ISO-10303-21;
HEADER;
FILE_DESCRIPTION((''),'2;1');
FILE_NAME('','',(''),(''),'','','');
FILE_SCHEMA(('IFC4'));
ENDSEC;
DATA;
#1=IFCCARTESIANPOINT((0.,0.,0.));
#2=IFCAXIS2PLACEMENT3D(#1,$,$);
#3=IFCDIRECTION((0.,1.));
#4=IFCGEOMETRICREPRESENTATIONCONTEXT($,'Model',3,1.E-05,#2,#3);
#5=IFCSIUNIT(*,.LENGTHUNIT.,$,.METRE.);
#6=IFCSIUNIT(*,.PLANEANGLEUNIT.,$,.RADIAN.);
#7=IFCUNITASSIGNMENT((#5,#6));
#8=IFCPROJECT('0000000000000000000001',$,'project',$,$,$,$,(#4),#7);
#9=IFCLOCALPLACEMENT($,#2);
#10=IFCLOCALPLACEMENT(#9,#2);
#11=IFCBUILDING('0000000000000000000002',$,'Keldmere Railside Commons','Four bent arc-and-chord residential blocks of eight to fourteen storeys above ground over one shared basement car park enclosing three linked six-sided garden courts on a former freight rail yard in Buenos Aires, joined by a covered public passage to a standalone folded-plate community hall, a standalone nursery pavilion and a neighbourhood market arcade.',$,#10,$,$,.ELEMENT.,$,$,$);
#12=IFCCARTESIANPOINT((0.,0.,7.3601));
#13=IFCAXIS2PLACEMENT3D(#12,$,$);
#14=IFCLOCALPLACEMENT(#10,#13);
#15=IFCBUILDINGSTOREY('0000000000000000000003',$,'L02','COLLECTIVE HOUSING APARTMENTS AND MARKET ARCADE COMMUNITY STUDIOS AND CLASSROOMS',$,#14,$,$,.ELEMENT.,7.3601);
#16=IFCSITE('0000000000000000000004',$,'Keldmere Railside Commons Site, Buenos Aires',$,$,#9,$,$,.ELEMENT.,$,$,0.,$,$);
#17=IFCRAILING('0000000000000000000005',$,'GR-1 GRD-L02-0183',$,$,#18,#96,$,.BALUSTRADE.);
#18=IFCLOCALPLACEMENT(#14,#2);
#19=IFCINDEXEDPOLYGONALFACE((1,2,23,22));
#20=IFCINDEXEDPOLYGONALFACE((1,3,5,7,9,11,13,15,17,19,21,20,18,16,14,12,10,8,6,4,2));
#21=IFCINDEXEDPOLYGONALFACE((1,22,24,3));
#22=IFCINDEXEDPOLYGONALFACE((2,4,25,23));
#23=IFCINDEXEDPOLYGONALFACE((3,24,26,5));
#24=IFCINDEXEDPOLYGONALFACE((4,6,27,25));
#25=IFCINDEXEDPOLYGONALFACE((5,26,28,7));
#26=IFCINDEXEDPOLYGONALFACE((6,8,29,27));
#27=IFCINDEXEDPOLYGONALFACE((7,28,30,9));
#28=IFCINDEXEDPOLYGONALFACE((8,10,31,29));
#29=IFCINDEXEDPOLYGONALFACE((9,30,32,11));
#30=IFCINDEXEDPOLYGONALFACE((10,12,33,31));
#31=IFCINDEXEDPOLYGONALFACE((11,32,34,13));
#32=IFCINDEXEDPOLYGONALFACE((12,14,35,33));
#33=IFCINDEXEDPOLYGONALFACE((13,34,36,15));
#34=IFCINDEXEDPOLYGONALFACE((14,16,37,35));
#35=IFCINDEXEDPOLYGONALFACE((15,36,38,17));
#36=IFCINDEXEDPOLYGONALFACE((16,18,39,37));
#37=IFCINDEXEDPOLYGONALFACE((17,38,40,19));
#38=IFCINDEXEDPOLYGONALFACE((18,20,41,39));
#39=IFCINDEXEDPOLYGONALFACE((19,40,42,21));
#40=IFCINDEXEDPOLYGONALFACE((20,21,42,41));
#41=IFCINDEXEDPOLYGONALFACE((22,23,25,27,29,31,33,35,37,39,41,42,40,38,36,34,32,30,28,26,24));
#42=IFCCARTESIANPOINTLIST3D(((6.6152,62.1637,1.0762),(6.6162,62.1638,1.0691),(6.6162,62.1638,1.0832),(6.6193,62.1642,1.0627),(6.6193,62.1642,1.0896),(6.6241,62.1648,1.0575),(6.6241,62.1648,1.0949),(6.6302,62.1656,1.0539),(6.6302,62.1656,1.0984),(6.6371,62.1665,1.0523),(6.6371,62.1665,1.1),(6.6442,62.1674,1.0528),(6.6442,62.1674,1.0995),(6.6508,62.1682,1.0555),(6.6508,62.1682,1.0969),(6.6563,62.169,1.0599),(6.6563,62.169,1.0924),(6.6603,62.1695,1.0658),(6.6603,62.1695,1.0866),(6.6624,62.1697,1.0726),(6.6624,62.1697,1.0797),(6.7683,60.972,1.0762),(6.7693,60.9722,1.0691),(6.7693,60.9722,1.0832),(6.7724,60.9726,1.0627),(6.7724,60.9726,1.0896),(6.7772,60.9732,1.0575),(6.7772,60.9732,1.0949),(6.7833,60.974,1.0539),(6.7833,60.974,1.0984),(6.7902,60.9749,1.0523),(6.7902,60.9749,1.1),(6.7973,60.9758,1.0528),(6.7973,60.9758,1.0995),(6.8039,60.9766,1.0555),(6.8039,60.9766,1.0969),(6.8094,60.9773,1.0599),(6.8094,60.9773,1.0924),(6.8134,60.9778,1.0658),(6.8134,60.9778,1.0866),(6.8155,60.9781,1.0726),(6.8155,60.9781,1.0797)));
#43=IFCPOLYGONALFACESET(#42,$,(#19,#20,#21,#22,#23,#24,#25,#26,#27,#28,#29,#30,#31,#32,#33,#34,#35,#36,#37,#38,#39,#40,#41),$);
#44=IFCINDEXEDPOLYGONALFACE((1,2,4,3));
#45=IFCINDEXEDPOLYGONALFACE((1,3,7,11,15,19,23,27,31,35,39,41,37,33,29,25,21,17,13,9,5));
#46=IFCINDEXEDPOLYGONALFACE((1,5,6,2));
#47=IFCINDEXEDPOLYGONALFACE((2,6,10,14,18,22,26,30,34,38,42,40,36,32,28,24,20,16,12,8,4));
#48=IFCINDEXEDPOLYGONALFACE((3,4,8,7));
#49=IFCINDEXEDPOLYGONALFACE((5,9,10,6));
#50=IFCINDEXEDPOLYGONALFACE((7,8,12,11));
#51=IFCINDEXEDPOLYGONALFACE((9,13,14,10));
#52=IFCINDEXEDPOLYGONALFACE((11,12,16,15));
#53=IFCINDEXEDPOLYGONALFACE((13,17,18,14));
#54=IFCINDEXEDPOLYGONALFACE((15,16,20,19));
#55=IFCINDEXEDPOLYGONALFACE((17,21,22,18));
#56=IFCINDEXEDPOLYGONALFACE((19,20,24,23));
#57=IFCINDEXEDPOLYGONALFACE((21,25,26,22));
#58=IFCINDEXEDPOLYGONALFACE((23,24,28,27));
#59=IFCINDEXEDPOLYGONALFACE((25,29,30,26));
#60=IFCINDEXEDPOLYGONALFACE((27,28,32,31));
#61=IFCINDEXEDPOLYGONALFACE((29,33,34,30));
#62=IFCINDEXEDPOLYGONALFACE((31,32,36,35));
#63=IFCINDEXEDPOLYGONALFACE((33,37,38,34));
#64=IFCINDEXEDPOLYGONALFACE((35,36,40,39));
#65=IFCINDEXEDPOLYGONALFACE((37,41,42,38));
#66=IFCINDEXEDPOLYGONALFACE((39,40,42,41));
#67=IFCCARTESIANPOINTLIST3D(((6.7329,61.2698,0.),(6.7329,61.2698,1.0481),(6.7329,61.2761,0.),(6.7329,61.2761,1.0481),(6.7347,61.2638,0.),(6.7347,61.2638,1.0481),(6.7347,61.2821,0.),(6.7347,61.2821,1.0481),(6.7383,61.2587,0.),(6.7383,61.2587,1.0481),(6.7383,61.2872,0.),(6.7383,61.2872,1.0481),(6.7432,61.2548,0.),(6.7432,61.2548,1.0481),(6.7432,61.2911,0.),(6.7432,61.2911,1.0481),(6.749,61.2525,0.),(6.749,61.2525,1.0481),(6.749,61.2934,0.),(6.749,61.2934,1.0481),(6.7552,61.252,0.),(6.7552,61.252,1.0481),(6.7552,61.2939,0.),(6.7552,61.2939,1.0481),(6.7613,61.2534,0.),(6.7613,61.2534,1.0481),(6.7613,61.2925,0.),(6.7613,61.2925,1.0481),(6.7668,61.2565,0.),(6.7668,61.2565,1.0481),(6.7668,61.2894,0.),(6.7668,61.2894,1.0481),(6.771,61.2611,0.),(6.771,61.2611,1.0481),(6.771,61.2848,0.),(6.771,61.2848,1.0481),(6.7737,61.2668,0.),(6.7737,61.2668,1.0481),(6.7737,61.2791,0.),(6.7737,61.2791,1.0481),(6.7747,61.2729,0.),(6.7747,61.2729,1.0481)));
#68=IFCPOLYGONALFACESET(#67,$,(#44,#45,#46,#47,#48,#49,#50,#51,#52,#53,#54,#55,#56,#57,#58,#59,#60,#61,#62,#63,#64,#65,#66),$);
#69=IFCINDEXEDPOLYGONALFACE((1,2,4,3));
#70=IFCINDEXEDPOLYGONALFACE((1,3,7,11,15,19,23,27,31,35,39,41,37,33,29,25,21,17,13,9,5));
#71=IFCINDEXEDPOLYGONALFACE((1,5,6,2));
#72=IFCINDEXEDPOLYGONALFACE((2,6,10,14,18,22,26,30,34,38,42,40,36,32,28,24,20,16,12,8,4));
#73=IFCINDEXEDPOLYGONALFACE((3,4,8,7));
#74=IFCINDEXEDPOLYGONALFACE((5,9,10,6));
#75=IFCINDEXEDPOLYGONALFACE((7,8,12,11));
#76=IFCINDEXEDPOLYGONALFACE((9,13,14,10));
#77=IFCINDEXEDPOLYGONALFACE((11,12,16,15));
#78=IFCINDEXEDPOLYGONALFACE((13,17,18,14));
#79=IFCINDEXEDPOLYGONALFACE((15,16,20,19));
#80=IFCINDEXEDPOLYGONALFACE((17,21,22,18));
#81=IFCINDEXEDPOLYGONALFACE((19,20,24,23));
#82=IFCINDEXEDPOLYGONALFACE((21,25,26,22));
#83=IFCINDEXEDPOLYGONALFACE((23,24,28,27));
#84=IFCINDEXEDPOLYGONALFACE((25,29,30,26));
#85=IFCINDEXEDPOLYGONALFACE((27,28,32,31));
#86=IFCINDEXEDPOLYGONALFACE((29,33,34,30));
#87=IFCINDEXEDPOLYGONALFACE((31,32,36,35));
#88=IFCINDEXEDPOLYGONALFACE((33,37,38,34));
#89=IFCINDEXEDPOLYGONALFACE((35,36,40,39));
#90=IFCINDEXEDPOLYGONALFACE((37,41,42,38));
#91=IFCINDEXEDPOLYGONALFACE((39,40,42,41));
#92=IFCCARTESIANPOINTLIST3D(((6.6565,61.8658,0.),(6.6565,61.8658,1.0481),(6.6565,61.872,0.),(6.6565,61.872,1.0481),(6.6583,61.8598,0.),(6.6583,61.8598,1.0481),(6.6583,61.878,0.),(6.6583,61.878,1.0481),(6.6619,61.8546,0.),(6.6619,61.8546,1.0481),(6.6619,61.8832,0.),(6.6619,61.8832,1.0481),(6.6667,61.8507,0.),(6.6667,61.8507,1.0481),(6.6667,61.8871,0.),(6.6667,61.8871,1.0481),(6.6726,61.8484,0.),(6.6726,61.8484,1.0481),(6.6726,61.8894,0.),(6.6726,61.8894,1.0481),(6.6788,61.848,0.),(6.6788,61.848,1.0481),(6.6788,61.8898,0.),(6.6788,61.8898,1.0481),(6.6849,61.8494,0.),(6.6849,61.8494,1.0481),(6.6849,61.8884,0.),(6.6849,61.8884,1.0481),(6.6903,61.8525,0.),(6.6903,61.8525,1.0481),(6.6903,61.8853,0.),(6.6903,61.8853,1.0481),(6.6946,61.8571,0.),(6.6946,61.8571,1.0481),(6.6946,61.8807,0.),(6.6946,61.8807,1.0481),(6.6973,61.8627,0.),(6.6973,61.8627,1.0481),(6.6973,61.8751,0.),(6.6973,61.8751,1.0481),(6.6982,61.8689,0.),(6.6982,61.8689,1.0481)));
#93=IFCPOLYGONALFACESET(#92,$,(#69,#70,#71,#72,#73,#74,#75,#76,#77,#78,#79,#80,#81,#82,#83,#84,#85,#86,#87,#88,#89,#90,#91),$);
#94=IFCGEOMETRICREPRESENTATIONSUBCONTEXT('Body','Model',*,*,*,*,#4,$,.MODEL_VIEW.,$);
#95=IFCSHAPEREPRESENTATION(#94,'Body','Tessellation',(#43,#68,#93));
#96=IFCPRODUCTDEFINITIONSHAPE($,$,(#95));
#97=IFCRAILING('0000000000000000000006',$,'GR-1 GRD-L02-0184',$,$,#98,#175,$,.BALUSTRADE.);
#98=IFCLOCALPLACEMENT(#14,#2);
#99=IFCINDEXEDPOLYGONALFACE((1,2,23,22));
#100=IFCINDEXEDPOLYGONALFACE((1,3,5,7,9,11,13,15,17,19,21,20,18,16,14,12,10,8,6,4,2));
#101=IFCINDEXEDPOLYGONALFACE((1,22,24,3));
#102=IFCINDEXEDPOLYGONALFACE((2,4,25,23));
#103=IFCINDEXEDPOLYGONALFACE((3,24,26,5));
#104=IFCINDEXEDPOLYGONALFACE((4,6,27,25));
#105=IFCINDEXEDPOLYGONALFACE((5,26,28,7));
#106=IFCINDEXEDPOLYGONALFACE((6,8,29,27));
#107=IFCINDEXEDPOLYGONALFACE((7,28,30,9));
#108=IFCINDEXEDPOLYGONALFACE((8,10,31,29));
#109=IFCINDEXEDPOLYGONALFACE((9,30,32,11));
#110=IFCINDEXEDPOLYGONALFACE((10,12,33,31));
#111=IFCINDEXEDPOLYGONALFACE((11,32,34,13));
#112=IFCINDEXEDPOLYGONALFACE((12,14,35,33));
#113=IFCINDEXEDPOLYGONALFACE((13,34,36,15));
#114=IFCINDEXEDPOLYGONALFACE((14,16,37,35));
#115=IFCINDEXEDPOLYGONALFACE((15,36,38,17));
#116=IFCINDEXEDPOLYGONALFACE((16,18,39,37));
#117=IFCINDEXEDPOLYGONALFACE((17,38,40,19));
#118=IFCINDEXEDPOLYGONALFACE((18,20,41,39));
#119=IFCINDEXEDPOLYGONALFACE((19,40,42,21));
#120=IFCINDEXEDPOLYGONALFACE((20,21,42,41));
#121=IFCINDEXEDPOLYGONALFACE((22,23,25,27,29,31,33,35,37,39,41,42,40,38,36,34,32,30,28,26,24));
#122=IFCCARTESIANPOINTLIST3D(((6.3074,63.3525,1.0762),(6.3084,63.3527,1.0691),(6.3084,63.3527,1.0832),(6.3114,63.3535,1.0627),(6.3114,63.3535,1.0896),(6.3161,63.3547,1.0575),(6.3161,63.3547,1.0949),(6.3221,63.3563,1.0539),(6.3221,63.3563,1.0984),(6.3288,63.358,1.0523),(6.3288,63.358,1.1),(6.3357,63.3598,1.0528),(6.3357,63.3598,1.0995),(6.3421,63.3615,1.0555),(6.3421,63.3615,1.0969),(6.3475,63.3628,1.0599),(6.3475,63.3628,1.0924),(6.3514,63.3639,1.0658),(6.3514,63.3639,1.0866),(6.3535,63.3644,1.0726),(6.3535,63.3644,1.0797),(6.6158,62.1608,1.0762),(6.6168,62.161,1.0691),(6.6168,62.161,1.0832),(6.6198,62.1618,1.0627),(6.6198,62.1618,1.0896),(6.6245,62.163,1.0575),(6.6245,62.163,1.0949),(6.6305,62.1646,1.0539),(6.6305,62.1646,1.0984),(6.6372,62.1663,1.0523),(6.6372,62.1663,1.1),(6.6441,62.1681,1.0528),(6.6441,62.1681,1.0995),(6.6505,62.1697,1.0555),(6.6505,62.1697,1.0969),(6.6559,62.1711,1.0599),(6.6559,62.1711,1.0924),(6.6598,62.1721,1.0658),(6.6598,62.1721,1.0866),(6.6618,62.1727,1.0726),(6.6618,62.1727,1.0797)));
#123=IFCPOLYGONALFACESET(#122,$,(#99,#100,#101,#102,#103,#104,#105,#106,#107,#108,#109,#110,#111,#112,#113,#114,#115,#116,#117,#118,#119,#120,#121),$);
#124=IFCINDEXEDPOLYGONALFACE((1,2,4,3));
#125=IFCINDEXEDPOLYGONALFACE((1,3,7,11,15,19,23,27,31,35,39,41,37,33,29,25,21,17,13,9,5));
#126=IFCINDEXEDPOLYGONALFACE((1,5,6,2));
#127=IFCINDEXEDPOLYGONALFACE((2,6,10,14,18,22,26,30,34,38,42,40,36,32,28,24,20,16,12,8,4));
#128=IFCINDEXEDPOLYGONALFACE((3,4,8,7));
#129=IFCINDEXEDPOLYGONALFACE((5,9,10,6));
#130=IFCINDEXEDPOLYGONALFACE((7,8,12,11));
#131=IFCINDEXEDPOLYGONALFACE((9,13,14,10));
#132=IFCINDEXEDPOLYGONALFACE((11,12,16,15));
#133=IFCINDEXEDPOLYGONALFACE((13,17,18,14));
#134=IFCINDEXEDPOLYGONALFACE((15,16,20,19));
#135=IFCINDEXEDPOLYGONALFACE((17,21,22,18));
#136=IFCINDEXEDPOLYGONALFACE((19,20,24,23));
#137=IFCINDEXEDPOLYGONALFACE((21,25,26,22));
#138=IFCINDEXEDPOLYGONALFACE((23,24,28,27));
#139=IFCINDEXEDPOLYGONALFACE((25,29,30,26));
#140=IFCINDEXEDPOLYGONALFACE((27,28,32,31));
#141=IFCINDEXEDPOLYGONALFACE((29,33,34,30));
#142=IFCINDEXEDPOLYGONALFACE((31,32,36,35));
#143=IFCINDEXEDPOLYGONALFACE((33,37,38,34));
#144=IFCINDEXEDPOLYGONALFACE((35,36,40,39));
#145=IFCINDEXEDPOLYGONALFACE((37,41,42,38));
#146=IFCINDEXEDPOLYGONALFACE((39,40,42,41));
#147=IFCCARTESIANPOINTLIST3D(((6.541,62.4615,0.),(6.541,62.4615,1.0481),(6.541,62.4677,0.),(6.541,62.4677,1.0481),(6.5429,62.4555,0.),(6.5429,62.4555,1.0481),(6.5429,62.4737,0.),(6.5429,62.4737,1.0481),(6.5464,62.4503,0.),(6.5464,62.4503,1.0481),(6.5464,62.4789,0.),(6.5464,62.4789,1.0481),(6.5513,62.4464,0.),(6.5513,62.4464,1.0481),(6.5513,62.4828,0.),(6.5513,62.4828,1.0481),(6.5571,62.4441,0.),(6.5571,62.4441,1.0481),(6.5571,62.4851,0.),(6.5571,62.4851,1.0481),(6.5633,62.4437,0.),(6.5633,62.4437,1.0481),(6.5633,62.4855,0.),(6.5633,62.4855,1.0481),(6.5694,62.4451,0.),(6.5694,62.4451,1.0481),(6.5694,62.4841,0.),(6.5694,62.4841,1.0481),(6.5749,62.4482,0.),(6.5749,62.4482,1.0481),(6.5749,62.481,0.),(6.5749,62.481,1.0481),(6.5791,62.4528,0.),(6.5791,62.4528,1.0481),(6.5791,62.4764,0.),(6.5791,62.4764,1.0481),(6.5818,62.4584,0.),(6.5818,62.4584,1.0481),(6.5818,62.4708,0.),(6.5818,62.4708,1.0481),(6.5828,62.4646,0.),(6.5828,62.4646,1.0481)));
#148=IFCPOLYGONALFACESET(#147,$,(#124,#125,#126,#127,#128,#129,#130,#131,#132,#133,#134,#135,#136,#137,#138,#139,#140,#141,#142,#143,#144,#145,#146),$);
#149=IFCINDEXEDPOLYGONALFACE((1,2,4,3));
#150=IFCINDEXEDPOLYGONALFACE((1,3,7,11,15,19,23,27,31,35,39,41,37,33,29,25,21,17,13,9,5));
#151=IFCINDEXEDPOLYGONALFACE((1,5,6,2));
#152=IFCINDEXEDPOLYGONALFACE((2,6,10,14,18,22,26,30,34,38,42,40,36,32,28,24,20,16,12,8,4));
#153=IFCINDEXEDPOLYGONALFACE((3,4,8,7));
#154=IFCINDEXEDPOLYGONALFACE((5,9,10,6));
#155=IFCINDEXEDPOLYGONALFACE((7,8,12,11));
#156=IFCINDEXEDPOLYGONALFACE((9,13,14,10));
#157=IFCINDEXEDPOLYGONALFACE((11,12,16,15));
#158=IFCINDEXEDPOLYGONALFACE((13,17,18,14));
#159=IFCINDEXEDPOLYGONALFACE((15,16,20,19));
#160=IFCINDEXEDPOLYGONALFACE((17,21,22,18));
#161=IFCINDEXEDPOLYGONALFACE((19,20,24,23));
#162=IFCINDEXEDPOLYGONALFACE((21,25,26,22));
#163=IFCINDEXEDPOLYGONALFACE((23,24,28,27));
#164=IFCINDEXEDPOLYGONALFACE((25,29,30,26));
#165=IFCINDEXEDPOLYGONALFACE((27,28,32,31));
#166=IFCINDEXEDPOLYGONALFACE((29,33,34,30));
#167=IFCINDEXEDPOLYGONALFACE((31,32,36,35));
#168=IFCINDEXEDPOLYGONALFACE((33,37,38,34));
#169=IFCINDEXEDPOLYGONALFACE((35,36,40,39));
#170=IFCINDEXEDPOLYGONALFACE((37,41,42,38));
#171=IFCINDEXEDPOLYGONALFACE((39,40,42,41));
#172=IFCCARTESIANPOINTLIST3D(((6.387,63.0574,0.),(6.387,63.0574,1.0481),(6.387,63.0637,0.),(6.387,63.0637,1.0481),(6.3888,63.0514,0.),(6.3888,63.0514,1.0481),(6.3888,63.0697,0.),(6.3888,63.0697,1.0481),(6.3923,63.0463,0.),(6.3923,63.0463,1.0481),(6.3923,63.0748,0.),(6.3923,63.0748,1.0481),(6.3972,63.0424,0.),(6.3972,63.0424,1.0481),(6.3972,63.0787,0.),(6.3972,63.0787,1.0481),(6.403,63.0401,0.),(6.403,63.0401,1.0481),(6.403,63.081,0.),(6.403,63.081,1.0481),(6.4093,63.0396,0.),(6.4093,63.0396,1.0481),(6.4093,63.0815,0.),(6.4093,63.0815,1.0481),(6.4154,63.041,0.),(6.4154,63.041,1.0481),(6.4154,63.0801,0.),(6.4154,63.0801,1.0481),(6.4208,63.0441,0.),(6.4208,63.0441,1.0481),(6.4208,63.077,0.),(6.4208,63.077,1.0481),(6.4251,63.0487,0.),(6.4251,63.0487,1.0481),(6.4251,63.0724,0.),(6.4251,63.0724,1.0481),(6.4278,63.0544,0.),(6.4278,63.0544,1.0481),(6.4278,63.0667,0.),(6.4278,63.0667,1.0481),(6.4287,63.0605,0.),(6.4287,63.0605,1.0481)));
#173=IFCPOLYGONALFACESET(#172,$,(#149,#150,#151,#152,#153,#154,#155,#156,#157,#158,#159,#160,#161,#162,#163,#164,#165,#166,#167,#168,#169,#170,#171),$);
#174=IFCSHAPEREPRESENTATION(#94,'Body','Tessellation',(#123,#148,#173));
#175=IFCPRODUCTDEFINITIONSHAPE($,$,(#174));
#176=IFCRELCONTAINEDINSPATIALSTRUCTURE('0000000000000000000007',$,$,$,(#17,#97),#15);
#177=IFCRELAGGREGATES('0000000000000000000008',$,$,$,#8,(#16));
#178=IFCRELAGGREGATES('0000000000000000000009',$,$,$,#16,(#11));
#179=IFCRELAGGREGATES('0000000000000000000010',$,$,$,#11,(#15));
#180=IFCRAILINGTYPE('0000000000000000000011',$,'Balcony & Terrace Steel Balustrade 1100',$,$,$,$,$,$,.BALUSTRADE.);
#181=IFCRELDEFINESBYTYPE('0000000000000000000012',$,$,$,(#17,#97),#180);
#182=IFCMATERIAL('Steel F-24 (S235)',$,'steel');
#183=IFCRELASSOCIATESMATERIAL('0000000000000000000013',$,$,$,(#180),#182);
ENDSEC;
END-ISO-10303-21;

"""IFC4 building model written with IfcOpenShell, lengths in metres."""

from ifc_helpers import new_model, si_unit, direction, frame, origin, origin_2d, place, context, subcontext, project, spatial, circle, extrude, material, type_object, element, save


model = new_model("IFC4")

# Units and contexts
model_context = context("Model", 3, precision=1e-05, world=origin(), true_north=direction((0.0, 1.0)))
body_context = subcontext(model_context, "Body", "Model", "MODEL_VIEW")
ifc_project = project(units=[si_unit("LENGTHUNIT", "METRE"), si_unit("PLANEANGLEUNIT", "RADIAN")], contexts=[model_context])

# Site, building, storey
site_placement = place(None, origin())
site = spatial("IfcSite", under=ifc_project, at=site_placement, Name="Keldmere Railside Commons Site, Buenos Aires", CompositionType="ELEMENT", RefElevation=0.0)
building_placement = place(site_placement, origin())
building = spatial("IfcBuilding", under=site, at=building_placement, Name="Keldmere Railside Commons", Description="Four bent arc-and-chord residential blocks of eight to fourteen storeys above ground over one shared basement car park enclosing three linked six-sided garden courts on a former freight rail yard in Buenos Aires, joined by a covered public passage to a standalone folded-plate community hall, a standalone nursery pavilion and a neighbourhood market arcade.", CompositionType="ELEMENT")
storey_placement = place(building_placement, frame((0.0, 0.0, 7.3601)))
storey = spatial("IfcBuildingStorey", under=building, at=storey_placement, Name="L02", Description="COLLECTIVE HOUSING APARTMENTS AND MARKET ARCADE COMMUNITY STUDIOS AND CLASSROOMS", CompositionType="ELEMENT", Elevation=7.3601)

# Railings
ifc_material_1 = material(Name="Steel F-24 (S235)", Category="steel")
railing_type = type_object("IfcRailingType", Name="Balcony & Terrace Steel Balustrade 1100", PredefinedType="BALUSTRADE", material=ifc_material_1)
railing_1_placement = place(storey_placement, frame((6.792, 60.9751, 0.0)))
element("IfcRailing", 1, at=railing_1_placement, inside=storey, type_object=railing_type, Name="GR-1 GRD-L02-0183", PredefinedType="BALUSTRADE", context=body_context, shape_type="SweptSolid", body=[
    extrude(circle(Radius=0.0239, at=origin_2d()), frame((0.0, 0.0, 1.0762), z_axis=(-0.12741, 0.99185, 0.0), x_axis=(-0.99185, -0.12741, 0.0)), (0.0, 0.0, 1.0), 1.2014),
    extrude(circle(Radius=0.021, at=origin_2d()), frame((-0.0383, 0.2979, 0.0)), (0.0, 0.0, 1.0), 1.0481),
    extrude(circle(Radius=0.021, at=origin_2d()), frame((-0.1147, 0.8938, 0.0)), (0.0, 0.0, 1.0), 1.0481),
])
railing_2_placement = place(storey_placement, frame((6.6389, 62.1667, 0.0)))
element("IfcRailing", 2, at=railing_2_placement, inside=storey, type_object=railing_type, Name="GR-1 GRD-L02-0184", PredefinedType="BALUSTRADE", context=body_context, shape_type="SweptSolid", body=[
    extrude(circle(Radius=0.0239, at=origin_2d()), frame((0.0, 0.0, 1.0762), z_axis=(-0.250508, 0.968115, 0.0), x_axis=(-0.968115, -0.250508, 0.0)), (0.0, 0.0, 1.0), 1.231),
    extrude(circle(Radius=0.021, at=origin_2d()), frame((-0.0771, 0.2979, 0.0)), (0.0, 0.0, 1.0), 1.0481),
    extrude(circle(Radius=0.021, at=origin_2d()), frame((-0.2312, 0.8938, 0.0)), (0.0, 0.0, 1.0), 1.0481),
])

save(model, "model.ifc")
